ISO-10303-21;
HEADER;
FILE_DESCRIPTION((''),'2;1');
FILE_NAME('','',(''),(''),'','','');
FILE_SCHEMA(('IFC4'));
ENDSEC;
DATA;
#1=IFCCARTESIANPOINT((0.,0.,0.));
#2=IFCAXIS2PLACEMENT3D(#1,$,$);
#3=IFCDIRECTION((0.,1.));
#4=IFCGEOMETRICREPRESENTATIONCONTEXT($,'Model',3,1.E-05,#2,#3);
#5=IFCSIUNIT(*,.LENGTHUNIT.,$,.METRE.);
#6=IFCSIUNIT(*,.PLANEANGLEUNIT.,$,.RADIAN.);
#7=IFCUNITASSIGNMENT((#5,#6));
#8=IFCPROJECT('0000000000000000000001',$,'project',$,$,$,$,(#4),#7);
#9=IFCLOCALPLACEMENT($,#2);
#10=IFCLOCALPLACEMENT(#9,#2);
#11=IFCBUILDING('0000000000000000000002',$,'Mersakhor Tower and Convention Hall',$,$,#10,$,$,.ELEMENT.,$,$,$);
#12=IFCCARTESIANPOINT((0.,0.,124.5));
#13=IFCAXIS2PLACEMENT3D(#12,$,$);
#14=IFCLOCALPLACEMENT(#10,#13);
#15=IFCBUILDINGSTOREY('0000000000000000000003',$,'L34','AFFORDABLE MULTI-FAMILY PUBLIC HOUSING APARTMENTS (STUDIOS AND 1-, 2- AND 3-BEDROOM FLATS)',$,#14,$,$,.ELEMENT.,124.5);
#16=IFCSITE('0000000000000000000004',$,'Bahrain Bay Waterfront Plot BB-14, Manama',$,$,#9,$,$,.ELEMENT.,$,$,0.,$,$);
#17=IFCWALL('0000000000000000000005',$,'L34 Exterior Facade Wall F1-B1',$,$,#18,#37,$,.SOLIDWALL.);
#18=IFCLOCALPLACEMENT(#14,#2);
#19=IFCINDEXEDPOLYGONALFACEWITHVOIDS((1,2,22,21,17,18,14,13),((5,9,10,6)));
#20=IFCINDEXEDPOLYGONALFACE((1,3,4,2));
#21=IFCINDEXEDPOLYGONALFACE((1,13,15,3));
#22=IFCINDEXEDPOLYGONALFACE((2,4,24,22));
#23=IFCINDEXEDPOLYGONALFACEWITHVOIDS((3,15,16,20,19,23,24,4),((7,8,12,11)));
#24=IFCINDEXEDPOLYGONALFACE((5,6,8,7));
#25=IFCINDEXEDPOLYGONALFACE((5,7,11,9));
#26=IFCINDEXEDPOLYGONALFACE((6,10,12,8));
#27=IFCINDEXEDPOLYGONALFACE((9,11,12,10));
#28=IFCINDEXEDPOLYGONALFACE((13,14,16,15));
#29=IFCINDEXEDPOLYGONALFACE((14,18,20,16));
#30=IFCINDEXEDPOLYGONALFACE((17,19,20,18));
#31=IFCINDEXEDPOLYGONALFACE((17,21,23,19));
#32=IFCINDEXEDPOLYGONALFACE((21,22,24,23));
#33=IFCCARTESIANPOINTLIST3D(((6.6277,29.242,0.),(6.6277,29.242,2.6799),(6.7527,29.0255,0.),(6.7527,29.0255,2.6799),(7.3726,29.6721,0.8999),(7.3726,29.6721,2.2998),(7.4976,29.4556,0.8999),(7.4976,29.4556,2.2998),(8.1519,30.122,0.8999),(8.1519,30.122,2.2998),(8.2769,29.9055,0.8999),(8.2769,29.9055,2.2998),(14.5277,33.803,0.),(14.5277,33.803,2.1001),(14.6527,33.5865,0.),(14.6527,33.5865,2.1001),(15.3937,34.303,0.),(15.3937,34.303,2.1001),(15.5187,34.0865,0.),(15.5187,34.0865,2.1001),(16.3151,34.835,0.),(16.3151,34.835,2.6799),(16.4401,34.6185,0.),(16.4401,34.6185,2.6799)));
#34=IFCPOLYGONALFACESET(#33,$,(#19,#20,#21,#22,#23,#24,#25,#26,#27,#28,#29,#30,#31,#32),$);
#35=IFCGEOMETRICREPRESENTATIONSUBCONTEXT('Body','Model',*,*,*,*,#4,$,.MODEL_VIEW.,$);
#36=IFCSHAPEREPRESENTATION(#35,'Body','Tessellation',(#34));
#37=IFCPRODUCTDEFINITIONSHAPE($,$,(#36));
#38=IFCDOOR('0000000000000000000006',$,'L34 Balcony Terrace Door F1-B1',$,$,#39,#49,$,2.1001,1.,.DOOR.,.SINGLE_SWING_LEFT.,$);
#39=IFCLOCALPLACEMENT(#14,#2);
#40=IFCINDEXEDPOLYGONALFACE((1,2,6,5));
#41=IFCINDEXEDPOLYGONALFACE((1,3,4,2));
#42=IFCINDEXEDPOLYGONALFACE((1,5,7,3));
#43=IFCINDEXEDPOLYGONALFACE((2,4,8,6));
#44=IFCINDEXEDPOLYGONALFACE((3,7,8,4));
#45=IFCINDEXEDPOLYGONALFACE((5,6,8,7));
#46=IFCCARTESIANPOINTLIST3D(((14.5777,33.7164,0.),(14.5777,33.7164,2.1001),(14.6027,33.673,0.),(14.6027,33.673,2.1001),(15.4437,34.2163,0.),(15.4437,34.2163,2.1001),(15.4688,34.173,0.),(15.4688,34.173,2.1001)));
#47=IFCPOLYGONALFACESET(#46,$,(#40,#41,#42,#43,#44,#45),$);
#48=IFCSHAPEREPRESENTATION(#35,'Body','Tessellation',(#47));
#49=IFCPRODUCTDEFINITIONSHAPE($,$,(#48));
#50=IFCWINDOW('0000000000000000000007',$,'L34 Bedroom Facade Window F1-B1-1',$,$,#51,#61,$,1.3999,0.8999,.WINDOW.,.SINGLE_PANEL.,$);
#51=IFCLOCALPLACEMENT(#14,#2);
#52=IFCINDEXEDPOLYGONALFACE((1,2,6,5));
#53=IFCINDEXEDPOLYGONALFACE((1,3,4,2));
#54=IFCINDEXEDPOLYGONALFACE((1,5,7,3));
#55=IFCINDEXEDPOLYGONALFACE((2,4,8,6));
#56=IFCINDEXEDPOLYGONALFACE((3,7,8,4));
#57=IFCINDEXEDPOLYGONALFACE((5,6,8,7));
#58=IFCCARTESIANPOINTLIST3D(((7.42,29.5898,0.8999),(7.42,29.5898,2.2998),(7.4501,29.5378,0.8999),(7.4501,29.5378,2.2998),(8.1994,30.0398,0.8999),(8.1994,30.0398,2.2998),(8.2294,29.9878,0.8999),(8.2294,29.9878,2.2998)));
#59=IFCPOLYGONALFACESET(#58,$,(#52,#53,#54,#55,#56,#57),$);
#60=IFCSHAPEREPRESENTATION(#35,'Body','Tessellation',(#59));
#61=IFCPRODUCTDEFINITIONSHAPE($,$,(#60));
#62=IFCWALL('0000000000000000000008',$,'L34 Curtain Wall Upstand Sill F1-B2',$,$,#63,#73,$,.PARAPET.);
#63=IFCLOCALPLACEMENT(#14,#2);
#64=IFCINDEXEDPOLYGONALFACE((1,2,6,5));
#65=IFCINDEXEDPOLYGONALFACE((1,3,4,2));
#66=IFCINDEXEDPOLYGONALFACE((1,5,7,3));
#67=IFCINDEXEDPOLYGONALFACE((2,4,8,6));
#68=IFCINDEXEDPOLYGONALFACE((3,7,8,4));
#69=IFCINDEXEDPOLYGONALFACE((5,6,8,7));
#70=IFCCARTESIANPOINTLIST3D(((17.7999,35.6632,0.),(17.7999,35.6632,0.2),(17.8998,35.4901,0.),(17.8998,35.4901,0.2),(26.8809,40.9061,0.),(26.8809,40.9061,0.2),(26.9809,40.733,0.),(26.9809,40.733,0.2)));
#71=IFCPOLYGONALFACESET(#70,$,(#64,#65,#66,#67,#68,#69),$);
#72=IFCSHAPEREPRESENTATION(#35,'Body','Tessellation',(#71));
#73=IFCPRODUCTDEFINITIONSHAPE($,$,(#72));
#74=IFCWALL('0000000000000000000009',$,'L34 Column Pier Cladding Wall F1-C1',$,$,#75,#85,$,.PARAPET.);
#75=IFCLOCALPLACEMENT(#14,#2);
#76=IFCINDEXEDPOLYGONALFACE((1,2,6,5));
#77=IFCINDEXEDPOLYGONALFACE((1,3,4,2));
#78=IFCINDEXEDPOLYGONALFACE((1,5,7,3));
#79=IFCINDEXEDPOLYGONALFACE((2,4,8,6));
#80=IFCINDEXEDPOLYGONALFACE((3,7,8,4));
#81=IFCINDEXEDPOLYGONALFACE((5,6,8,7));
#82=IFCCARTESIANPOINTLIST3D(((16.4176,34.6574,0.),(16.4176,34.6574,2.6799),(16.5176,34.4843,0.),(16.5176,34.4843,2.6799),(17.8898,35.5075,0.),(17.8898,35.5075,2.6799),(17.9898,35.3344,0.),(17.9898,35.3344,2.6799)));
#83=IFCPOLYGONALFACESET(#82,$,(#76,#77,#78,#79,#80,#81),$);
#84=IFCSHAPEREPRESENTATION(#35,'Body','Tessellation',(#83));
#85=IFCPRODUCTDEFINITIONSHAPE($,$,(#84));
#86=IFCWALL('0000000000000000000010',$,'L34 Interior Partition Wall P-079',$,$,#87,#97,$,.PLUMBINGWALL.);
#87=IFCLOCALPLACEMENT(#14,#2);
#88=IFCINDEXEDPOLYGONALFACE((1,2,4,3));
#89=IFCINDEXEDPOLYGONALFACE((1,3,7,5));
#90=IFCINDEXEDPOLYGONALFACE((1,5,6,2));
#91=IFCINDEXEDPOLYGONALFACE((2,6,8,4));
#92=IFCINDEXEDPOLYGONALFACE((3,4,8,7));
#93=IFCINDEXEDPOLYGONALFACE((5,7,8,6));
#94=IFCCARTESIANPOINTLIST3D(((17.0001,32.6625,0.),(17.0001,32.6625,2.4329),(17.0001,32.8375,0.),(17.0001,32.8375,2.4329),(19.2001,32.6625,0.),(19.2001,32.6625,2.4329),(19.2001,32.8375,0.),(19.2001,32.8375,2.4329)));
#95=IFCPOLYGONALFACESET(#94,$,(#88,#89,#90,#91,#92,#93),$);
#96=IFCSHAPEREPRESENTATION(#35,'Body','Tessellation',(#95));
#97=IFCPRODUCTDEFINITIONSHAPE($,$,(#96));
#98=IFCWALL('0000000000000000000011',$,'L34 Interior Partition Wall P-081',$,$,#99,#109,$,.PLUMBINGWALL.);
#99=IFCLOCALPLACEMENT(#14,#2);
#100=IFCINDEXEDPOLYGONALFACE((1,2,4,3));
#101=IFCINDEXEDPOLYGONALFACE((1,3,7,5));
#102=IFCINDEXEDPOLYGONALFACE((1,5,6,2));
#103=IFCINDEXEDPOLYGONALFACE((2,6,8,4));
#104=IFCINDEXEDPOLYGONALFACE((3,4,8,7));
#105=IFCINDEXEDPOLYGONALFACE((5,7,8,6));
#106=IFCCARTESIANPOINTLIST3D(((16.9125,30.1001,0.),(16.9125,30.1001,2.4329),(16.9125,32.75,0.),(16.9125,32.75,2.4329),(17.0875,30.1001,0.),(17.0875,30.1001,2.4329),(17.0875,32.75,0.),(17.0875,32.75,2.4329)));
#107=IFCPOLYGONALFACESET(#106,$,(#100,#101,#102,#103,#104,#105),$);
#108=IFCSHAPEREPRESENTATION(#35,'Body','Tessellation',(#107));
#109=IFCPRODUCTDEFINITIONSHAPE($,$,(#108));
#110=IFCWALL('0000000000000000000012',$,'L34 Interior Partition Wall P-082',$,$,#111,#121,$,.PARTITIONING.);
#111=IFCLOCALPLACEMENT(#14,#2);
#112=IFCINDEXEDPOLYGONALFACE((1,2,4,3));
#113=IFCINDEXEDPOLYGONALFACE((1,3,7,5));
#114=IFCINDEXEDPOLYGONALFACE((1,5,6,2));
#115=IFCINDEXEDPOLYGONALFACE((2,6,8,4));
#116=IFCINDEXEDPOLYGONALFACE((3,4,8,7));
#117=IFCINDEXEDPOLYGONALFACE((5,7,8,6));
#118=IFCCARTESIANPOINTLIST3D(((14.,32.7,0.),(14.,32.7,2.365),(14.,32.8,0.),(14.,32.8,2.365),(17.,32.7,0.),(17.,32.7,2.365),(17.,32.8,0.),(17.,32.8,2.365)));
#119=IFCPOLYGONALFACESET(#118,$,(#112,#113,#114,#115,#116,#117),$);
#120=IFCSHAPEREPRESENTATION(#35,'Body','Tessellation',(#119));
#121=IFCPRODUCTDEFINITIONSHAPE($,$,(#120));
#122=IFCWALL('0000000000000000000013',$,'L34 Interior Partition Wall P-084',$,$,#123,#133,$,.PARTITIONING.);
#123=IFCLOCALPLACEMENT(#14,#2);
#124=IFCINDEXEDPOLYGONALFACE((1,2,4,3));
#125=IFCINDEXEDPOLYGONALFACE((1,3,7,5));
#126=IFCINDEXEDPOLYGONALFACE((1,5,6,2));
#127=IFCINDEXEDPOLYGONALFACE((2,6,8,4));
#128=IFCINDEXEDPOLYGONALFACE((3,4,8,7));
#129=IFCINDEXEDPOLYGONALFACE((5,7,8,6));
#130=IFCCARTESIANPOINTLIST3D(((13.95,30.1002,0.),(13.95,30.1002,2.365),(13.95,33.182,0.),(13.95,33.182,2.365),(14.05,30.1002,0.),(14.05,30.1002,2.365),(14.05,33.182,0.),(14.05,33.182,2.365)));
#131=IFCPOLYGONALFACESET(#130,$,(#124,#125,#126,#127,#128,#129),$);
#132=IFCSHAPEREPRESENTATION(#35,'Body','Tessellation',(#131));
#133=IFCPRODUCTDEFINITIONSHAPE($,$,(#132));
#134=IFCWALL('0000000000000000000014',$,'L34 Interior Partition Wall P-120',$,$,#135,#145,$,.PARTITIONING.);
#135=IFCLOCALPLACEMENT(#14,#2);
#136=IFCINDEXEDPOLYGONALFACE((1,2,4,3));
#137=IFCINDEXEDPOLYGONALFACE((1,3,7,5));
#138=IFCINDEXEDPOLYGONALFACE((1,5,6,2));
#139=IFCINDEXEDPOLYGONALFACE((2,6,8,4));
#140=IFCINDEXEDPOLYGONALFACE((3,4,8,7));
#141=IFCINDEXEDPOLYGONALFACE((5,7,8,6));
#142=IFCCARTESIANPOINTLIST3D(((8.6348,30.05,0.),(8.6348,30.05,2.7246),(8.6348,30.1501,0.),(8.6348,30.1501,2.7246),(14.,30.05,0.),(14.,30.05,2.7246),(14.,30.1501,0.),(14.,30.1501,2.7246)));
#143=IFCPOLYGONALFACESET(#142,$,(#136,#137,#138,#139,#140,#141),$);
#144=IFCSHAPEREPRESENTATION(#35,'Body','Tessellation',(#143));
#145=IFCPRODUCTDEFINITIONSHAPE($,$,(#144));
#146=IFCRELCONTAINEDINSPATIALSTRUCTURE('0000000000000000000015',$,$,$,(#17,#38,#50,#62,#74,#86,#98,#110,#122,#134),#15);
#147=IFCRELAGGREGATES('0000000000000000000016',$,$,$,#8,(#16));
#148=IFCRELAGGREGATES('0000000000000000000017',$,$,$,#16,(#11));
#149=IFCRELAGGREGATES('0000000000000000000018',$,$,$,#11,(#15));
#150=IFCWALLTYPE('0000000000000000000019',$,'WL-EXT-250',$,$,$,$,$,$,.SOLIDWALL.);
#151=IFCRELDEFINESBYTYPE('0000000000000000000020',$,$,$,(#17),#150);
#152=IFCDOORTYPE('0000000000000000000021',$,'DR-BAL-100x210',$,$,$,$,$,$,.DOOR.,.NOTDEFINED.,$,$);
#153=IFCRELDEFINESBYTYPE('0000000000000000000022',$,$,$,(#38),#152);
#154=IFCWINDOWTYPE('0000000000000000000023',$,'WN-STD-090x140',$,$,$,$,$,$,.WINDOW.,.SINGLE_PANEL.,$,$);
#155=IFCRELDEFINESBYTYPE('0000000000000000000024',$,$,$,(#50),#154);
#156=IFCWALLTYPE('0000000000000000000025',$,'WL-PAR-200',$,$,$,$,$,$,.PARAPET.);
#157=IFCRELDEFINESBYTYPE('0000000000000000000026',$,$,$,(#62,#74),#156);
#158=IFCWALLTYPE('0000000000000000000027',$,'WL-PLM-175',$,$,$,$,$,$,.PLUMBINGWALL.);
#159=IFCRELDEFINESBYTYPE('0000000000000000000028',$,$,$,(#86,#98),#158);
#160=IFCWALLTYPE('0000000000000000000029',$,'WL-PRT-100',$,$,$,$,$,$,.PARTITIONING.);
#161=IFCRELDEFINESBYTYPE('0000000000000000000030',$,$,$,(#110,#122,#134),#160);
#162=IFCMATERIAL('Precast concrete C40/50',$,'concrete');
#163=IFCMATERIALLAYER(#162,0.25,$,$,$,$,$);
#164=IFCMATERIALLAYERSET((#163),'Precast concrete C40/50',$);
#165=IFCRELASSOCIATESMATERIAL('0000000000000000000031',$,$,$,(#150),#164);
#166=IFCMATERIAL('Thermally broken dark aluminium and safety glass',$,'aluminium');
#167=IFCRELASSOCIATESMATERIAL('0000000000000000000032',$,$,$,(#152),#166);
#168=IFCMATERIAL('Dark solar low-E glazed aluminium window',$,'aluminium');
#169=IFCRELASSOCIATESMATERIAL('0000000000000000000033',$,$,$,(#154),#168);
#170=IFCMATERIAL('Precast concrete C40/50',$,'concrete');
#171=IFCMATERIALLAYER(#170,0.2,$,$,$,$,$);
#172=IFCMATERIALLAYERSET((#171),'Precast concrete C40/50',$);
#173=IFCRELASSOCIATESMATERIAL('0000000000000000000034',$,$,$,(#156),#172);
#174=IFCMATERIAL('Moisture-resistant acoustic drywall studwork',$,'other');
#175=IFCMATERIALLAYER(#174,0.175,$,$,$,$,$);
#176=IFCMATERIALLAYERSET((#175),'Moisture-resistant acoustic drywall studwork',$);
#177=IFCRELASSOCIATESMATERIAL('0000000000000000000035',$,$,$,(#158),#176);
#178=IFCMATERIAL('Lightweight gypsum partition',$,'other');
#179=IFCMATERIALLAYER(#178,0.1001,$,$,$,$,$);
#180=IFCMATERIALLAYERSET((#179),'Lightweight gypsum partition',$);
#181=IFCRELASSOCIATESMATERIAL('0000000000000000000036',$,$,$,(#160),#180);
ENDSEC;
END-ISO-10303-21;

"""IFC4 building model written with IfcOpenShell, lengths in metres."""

from ifc_helpers import new_model, si_unit, direction, frame, frame_2d, origin, place, context, subcontext, project, spatial, rectangle, extrude, material, layer, layer_set, type_object, element, fill, save


model = new_model("IFC4")

# Units and contexts
model_context = context("Model", 3, precision=1e-05, world=origin(), true_north=direction((0.0, 1.0)))
body_context = subcontext(model_context, "Body", "Model", "MODEL_VIEW")
ifc_project = project(units=[si_unit("LENGTHUNIT", "METRE"), si_unit("PLANEANGLEUNIT", "RADIAN")], contexts=[model_context])

# Site, building, storey
site_placement = place(None, origin())
site = spatial("IfcSite", under=ifc_project, at=site_placement, Name="Bahrain Bay Waterfront Plot BB-14, Manama", CompositionType="ELEMENT", RefElevation=0.0)
building_placement = place(site_placement, origin())
building = spatial("IfcBuilding", under=site, at=building_placement, Name="Mersakhor Tower and Convention Hall", CompositionType="ELEMENT")
storey_placement = place(building_placement, frame((0.0, 0.0, 124.5)))
storey = spatial("IfcBuildingStorey", under=building, at=storey_placement, Name="L34", Description="AFFORDABLE MULTI-FAMILY PUBLIC HOUSING APARTMENTS (STUDIOS AND 1-, 2- AND 3-BEDROOM FLATS)", CompositionType="ELEMENT", Elevation=124.5)

# Wall, openings, door, window
ifc_material_1 = material(Name="Precast concrete C40/50", Category="concrete")
ifc_layer_1 = layer(ifc_material_1, 0.25)
ifc_layer_set_1 = layer_set([ifc_layer_1], Name="Precast concrete C40/50")
wall_type_1 = type_object("IfcWallType", Name="WL-EXT-250", PredefinedType="SOLIDWALL", material=ifc_layer_set_1)
wall_1_placement = place(storey_placement, frame((6.6902, 29.1338, 0.0), z_axis=(0.0, 0.0, 1.0), x_axis=(0.866028, 0.499996, 0.0)))
wall_1 = element("IfcWall", 1, at=wall_1_placement, inside=storey, type_object=wall_type_1, Name="L34 Exterior Facade Wall F1-B1", PredefinedType="SOLIDWALL", context=body_context, shape_type="SweptSolid", body=[
    extrude(rectangle(XDim=11.186, YDim=0.25, at=frame_2d((5.593, 0.0))), origin(), (0.0, 0.0, 1.0), 2.6799),
])
opening_1_placement = place(wall_1_placement, frame((9.1221, 0.0, 0.0)))
opening_1 = element("IfcOpeningElement", 2, at=opening_1_placement, cuts=wall_1, PredefinedType="OPENING", context=body_context, shape_type="SweptSolid", body=[
    extrude(rectangle(XDim=1.0, YDim=2.1001, at=frame_2d((0.5, 1.05))), frame((0.0, 0.135, 0.0), z_axis=(0.0, -1.0, 0.0), x_axis=(1.0, 0.0, 0.0)), (0.0, 0.0, 1.0), 0.27),
])
opening_2_placement = place(wall_1_placement, frame((0.8601, 0.0, 0.8999)))
opening_2 = element("IfcOpeningElement", 3, at=opening_2_placement, cuts=wall_1, PredefinedType="OPENING", context=body_context, shape_type="SweptSolid", body=[
    extrude(rectangle(XDim=0.8999, YDim=1.3999, at=frame_2d((0.45, 0.7))), frame((0.0, 0.135, 0.0), z_axis=(0.0, -1.0, 0.0), x_axis=(1.0, 0.0, 0.0)), (0.0, 0.0, 1.0), 0.27),
])
ifc_material_2 = material(Name="Thermally broken dark aluminium and safety glass", Category="aluminium")
door_type_1 = type_object("IfcDoorType", Name="DR-BAL-100x210", OperationType="NOTDEFINED", PredefinedType="DOOR", material=ifc_material_2)
door_1_placement = place(opening_1_placement, origin())
door_1 = element("IfcDoor", 4, at=door_1_placement, inside=storey, type_object=door_type_1, Name="L34 Balcony Terrace Door F1-B1", OperationType="SINGLE_SWING_LEFT", OverallHeight=2.1001, OverallWidth=1.0, PredefinedType="DOOR", context=body_context, shape_type="SweptSolid", body=[
    extrude(rectangle(XDim=1.0, YDim=2.1001, at=frame_2d((0.5, 1.05))), frame((0.0, 0.0249, 0.0), z_axis=(0.0, -1.0, 0.0), x_axis=(1.0, 0.0, 0.0)), (0.0, 0.0, 1.0), 0.05),
])
fill(opening_1, door_1)
ifc_material_3 = material(Name="Dark solar low-E glazed aluminium window", Category="aluminium")
window_type = type_object("IfcWindowType", Name="WN-STD-090x140", PartitioningType="SINGLE_PANEL", PredefinedType="WINDOW", material=ifc_material_3)
window_placement = place(opening_2_placement, origin())
window = element("IfcWindow", 5, at=window_placement, inside=storey, type_object=window_type, Name="L34 Bedroom Facade Window F1-B1-1", OverallHeight=1.3999, OverallWidth=0.8999, PartitioningType="SINGLE_PANEL", PredefinedType="WINDOW", context=body_context, shape_type="SweptSolid", body=[
    extrude(rectangle(XDim=0.8999, YDim=1.3999, at=frame_2d((0.45, 0.7))), frame((0.0, 0.03, 0.0), z_axis=(0.0, -1.0, 0.0), x_axis=(1.0, 0.0, 0.0)), (0.0, 0.0, 1.0), 0.0601),
])
fill(opening_2, window)

# Walls
ifc_material_4 = material(Name="Precast concrete C40/50", Category="concrete")
ifc_layer_2 = layer(ifc_material_4, 0.2)
ifc_layer_set_2 = layer_set([ifc_layer_2], Name="Precast concrete C40/50")
wall_type_2 = type_object("IfcWallType", Name="WL-PAR-200", PredefinedType="PARAPET", material=ifc_layer_set_2)
wall_2_placement = place(storey_placement, frame((17.8499, 35.5767, 0.0), z_axis=(0.0, 0.0, 1.0), x_axis=(0.866027, 0.499998, 0.0)))
element("IfcWall", 6, at=wall_2_placement, inside=storey, type_object=wall_type_2, Name="L34 Curtain Wall Upstand Sill F1-B2", PredefinedType="PARAPET", context=body_context, shape_type="SweptSolid", body=[
    extrude(rectangle(XDim=10.4858, YDim=0.2, at=frame_2d((5.2429, 0.0))), origin(), (0.0, 0.0, 1.0), 0.2),
])
wall_3_placement = place(storey_placement, frame((16.4675, 34.5708, 0.0), z_axis=(0.0, 0.0, 1.0), x_axis=(0.865989, 0.500062, 0.0)))
element("IfcWall", 7, at=wall_3_placement, inside=storey, type_object=wall_type_2, Name="L34 Column Pier Cladding Wall F1-C1", PredefinedType="PARAPET", context=body_context, shape_type="SweptSolid", body=[
    extrude(rectangle(XDim=1.7, YDim=0.2, at=frame_2d((0.8501, 0.0))), origin(), (0.0, 0.0, 1.0), 2.6799),
])
ifc_material_5 = material(Name="Moisture-resistant acoustic drywall studwork", Category="other")
ifc_layer_3 = layer(ifc_material_5, 0.175)
ifc_layer_set_3 = layer_set([ifc_layer_3], Name="Moisture-resistant acoustic drywall studwork")
wall_type_3 = type_object("IfcWallType", Name="WL-PLM-175", PredefinedType="PLUMBINGWALL", material=ifc_layer_set_3)
wall_4_placement = place(storey_placement, frame((17.0, 32.75, 0.0), z_axis=(0.0, 0.0, 1.0), x_axis=(1.0, 0.0, 0.0)))
element("IfcWall", 8, at=wall_4_placement, inside=storey, type_object=wall_type_3, Name="L34 Interior Partition Wall P-079", PredefinedType="PLUMBINGWALL", context=body_context, shape_type="SweptSolid", body=[
    extrude(rectangle(XDim=2.2, YDim=0.175, at=frame_2d((1.1001, 0.0))), origin(), (0.0, 0.0, 1.0), 2.4329),
])
wall_5_placement = place(storey_placement, frame((17.0, 30.1001, 0.0), z_axis=(0.0, 0.0, 1.0), x_axis=(0.0, 1.0, 0.0)))
element("IfcWall", 9, at=wall_5_placement, inside=storey, type_object=wall_type_3, Name="L34 Interior Partition Wall P-081", PredefinedType="PLUMBINGWALL", context=body_context, shape_type="SweptSolid", body=[
    extrude(rectangle(XDim=2.6499, YDim=0.175, at=frame_2d((1.325, 0.0))), origin(), (0.0, 0.0, 1.0), 2.4329),
])
ifc_material_6 = material(Name="Lightweight gypsum partition", Category="other")
ifc_layer_4 = layer(ifc_material_6, 0.1001)
ifc_layer_set_4 = layer_set([ifc_layer_4], Name="Lightweight gypsum partition")
wall_type_4 = type_object("IfcWallType", Name="WL-PRT-100", PredefinedType="PARTITIONING", material=ifc_layer_set_4)
wall_6_placement = place(storey_placement, frame((14.0, 32.75, 0.0), z_axis=(0.0, 0.0, 1.0), x_axis=(1.0, 0.0, 0.0)))
element("IfcWall", 10, at=wall_6_placement, inside=storey, type_object=wall_type_4, Name="L34 Interior Partition Wall P-082", PredefinedType="PARTITIONING", context=body_context, shape_type="SweptSolid", body=[
    extrude(rectangle(XDim=3.0, YDim=0.1001, at=frame_2d((1.5, 0.0))), origin(), (0.0, 0.0, 1.0), 2.365),
])
wall_7_placement = place(storey_placement, frame((14.0, 30.1001, 0.0), z_axis=(0.0, 0.0, 1.0), x_axis=(0.0, 1.0, 0.0)))
element("IfcWall", 11, at=wall_7_placement, inside=storey, type_object=wall_type_4, Name="L34 Interior Partition Wall P-084", PredefinedType="PARTITIONING", context=body_context, shape_type="SweptSolid", body=[
    extrude(rectangle(XDim=3.0818, YDim=0.1001, at=frame_2d((1.541, 0.0))), origin(), (0.0, 0.0, 1.0), 2.365),
])
wall_8_placement = place(storey_placement, frame((8.6348, 30.1001, 0.0), z_axis=(0.0, 0.0, 1.0), x_axis=(1.0, 0.0, 0.0)))
element("IfcWall", 12, at=wall_8_placement, inside=storey, type_object=wall_type_4, Name="L34 Interior Partition Wall P-120", PredefinedType="PARTITIONING", context=body_context, shape_type="SweptSolid", body=[
    extrude(rectangle(XDim=5.3652, YDim=0.1001, at=frame_2d((2.6826, 0.0))), origin(), (0.0, 0.0, 1.0), 2.7246),
])

save(model, "model.ifc")
